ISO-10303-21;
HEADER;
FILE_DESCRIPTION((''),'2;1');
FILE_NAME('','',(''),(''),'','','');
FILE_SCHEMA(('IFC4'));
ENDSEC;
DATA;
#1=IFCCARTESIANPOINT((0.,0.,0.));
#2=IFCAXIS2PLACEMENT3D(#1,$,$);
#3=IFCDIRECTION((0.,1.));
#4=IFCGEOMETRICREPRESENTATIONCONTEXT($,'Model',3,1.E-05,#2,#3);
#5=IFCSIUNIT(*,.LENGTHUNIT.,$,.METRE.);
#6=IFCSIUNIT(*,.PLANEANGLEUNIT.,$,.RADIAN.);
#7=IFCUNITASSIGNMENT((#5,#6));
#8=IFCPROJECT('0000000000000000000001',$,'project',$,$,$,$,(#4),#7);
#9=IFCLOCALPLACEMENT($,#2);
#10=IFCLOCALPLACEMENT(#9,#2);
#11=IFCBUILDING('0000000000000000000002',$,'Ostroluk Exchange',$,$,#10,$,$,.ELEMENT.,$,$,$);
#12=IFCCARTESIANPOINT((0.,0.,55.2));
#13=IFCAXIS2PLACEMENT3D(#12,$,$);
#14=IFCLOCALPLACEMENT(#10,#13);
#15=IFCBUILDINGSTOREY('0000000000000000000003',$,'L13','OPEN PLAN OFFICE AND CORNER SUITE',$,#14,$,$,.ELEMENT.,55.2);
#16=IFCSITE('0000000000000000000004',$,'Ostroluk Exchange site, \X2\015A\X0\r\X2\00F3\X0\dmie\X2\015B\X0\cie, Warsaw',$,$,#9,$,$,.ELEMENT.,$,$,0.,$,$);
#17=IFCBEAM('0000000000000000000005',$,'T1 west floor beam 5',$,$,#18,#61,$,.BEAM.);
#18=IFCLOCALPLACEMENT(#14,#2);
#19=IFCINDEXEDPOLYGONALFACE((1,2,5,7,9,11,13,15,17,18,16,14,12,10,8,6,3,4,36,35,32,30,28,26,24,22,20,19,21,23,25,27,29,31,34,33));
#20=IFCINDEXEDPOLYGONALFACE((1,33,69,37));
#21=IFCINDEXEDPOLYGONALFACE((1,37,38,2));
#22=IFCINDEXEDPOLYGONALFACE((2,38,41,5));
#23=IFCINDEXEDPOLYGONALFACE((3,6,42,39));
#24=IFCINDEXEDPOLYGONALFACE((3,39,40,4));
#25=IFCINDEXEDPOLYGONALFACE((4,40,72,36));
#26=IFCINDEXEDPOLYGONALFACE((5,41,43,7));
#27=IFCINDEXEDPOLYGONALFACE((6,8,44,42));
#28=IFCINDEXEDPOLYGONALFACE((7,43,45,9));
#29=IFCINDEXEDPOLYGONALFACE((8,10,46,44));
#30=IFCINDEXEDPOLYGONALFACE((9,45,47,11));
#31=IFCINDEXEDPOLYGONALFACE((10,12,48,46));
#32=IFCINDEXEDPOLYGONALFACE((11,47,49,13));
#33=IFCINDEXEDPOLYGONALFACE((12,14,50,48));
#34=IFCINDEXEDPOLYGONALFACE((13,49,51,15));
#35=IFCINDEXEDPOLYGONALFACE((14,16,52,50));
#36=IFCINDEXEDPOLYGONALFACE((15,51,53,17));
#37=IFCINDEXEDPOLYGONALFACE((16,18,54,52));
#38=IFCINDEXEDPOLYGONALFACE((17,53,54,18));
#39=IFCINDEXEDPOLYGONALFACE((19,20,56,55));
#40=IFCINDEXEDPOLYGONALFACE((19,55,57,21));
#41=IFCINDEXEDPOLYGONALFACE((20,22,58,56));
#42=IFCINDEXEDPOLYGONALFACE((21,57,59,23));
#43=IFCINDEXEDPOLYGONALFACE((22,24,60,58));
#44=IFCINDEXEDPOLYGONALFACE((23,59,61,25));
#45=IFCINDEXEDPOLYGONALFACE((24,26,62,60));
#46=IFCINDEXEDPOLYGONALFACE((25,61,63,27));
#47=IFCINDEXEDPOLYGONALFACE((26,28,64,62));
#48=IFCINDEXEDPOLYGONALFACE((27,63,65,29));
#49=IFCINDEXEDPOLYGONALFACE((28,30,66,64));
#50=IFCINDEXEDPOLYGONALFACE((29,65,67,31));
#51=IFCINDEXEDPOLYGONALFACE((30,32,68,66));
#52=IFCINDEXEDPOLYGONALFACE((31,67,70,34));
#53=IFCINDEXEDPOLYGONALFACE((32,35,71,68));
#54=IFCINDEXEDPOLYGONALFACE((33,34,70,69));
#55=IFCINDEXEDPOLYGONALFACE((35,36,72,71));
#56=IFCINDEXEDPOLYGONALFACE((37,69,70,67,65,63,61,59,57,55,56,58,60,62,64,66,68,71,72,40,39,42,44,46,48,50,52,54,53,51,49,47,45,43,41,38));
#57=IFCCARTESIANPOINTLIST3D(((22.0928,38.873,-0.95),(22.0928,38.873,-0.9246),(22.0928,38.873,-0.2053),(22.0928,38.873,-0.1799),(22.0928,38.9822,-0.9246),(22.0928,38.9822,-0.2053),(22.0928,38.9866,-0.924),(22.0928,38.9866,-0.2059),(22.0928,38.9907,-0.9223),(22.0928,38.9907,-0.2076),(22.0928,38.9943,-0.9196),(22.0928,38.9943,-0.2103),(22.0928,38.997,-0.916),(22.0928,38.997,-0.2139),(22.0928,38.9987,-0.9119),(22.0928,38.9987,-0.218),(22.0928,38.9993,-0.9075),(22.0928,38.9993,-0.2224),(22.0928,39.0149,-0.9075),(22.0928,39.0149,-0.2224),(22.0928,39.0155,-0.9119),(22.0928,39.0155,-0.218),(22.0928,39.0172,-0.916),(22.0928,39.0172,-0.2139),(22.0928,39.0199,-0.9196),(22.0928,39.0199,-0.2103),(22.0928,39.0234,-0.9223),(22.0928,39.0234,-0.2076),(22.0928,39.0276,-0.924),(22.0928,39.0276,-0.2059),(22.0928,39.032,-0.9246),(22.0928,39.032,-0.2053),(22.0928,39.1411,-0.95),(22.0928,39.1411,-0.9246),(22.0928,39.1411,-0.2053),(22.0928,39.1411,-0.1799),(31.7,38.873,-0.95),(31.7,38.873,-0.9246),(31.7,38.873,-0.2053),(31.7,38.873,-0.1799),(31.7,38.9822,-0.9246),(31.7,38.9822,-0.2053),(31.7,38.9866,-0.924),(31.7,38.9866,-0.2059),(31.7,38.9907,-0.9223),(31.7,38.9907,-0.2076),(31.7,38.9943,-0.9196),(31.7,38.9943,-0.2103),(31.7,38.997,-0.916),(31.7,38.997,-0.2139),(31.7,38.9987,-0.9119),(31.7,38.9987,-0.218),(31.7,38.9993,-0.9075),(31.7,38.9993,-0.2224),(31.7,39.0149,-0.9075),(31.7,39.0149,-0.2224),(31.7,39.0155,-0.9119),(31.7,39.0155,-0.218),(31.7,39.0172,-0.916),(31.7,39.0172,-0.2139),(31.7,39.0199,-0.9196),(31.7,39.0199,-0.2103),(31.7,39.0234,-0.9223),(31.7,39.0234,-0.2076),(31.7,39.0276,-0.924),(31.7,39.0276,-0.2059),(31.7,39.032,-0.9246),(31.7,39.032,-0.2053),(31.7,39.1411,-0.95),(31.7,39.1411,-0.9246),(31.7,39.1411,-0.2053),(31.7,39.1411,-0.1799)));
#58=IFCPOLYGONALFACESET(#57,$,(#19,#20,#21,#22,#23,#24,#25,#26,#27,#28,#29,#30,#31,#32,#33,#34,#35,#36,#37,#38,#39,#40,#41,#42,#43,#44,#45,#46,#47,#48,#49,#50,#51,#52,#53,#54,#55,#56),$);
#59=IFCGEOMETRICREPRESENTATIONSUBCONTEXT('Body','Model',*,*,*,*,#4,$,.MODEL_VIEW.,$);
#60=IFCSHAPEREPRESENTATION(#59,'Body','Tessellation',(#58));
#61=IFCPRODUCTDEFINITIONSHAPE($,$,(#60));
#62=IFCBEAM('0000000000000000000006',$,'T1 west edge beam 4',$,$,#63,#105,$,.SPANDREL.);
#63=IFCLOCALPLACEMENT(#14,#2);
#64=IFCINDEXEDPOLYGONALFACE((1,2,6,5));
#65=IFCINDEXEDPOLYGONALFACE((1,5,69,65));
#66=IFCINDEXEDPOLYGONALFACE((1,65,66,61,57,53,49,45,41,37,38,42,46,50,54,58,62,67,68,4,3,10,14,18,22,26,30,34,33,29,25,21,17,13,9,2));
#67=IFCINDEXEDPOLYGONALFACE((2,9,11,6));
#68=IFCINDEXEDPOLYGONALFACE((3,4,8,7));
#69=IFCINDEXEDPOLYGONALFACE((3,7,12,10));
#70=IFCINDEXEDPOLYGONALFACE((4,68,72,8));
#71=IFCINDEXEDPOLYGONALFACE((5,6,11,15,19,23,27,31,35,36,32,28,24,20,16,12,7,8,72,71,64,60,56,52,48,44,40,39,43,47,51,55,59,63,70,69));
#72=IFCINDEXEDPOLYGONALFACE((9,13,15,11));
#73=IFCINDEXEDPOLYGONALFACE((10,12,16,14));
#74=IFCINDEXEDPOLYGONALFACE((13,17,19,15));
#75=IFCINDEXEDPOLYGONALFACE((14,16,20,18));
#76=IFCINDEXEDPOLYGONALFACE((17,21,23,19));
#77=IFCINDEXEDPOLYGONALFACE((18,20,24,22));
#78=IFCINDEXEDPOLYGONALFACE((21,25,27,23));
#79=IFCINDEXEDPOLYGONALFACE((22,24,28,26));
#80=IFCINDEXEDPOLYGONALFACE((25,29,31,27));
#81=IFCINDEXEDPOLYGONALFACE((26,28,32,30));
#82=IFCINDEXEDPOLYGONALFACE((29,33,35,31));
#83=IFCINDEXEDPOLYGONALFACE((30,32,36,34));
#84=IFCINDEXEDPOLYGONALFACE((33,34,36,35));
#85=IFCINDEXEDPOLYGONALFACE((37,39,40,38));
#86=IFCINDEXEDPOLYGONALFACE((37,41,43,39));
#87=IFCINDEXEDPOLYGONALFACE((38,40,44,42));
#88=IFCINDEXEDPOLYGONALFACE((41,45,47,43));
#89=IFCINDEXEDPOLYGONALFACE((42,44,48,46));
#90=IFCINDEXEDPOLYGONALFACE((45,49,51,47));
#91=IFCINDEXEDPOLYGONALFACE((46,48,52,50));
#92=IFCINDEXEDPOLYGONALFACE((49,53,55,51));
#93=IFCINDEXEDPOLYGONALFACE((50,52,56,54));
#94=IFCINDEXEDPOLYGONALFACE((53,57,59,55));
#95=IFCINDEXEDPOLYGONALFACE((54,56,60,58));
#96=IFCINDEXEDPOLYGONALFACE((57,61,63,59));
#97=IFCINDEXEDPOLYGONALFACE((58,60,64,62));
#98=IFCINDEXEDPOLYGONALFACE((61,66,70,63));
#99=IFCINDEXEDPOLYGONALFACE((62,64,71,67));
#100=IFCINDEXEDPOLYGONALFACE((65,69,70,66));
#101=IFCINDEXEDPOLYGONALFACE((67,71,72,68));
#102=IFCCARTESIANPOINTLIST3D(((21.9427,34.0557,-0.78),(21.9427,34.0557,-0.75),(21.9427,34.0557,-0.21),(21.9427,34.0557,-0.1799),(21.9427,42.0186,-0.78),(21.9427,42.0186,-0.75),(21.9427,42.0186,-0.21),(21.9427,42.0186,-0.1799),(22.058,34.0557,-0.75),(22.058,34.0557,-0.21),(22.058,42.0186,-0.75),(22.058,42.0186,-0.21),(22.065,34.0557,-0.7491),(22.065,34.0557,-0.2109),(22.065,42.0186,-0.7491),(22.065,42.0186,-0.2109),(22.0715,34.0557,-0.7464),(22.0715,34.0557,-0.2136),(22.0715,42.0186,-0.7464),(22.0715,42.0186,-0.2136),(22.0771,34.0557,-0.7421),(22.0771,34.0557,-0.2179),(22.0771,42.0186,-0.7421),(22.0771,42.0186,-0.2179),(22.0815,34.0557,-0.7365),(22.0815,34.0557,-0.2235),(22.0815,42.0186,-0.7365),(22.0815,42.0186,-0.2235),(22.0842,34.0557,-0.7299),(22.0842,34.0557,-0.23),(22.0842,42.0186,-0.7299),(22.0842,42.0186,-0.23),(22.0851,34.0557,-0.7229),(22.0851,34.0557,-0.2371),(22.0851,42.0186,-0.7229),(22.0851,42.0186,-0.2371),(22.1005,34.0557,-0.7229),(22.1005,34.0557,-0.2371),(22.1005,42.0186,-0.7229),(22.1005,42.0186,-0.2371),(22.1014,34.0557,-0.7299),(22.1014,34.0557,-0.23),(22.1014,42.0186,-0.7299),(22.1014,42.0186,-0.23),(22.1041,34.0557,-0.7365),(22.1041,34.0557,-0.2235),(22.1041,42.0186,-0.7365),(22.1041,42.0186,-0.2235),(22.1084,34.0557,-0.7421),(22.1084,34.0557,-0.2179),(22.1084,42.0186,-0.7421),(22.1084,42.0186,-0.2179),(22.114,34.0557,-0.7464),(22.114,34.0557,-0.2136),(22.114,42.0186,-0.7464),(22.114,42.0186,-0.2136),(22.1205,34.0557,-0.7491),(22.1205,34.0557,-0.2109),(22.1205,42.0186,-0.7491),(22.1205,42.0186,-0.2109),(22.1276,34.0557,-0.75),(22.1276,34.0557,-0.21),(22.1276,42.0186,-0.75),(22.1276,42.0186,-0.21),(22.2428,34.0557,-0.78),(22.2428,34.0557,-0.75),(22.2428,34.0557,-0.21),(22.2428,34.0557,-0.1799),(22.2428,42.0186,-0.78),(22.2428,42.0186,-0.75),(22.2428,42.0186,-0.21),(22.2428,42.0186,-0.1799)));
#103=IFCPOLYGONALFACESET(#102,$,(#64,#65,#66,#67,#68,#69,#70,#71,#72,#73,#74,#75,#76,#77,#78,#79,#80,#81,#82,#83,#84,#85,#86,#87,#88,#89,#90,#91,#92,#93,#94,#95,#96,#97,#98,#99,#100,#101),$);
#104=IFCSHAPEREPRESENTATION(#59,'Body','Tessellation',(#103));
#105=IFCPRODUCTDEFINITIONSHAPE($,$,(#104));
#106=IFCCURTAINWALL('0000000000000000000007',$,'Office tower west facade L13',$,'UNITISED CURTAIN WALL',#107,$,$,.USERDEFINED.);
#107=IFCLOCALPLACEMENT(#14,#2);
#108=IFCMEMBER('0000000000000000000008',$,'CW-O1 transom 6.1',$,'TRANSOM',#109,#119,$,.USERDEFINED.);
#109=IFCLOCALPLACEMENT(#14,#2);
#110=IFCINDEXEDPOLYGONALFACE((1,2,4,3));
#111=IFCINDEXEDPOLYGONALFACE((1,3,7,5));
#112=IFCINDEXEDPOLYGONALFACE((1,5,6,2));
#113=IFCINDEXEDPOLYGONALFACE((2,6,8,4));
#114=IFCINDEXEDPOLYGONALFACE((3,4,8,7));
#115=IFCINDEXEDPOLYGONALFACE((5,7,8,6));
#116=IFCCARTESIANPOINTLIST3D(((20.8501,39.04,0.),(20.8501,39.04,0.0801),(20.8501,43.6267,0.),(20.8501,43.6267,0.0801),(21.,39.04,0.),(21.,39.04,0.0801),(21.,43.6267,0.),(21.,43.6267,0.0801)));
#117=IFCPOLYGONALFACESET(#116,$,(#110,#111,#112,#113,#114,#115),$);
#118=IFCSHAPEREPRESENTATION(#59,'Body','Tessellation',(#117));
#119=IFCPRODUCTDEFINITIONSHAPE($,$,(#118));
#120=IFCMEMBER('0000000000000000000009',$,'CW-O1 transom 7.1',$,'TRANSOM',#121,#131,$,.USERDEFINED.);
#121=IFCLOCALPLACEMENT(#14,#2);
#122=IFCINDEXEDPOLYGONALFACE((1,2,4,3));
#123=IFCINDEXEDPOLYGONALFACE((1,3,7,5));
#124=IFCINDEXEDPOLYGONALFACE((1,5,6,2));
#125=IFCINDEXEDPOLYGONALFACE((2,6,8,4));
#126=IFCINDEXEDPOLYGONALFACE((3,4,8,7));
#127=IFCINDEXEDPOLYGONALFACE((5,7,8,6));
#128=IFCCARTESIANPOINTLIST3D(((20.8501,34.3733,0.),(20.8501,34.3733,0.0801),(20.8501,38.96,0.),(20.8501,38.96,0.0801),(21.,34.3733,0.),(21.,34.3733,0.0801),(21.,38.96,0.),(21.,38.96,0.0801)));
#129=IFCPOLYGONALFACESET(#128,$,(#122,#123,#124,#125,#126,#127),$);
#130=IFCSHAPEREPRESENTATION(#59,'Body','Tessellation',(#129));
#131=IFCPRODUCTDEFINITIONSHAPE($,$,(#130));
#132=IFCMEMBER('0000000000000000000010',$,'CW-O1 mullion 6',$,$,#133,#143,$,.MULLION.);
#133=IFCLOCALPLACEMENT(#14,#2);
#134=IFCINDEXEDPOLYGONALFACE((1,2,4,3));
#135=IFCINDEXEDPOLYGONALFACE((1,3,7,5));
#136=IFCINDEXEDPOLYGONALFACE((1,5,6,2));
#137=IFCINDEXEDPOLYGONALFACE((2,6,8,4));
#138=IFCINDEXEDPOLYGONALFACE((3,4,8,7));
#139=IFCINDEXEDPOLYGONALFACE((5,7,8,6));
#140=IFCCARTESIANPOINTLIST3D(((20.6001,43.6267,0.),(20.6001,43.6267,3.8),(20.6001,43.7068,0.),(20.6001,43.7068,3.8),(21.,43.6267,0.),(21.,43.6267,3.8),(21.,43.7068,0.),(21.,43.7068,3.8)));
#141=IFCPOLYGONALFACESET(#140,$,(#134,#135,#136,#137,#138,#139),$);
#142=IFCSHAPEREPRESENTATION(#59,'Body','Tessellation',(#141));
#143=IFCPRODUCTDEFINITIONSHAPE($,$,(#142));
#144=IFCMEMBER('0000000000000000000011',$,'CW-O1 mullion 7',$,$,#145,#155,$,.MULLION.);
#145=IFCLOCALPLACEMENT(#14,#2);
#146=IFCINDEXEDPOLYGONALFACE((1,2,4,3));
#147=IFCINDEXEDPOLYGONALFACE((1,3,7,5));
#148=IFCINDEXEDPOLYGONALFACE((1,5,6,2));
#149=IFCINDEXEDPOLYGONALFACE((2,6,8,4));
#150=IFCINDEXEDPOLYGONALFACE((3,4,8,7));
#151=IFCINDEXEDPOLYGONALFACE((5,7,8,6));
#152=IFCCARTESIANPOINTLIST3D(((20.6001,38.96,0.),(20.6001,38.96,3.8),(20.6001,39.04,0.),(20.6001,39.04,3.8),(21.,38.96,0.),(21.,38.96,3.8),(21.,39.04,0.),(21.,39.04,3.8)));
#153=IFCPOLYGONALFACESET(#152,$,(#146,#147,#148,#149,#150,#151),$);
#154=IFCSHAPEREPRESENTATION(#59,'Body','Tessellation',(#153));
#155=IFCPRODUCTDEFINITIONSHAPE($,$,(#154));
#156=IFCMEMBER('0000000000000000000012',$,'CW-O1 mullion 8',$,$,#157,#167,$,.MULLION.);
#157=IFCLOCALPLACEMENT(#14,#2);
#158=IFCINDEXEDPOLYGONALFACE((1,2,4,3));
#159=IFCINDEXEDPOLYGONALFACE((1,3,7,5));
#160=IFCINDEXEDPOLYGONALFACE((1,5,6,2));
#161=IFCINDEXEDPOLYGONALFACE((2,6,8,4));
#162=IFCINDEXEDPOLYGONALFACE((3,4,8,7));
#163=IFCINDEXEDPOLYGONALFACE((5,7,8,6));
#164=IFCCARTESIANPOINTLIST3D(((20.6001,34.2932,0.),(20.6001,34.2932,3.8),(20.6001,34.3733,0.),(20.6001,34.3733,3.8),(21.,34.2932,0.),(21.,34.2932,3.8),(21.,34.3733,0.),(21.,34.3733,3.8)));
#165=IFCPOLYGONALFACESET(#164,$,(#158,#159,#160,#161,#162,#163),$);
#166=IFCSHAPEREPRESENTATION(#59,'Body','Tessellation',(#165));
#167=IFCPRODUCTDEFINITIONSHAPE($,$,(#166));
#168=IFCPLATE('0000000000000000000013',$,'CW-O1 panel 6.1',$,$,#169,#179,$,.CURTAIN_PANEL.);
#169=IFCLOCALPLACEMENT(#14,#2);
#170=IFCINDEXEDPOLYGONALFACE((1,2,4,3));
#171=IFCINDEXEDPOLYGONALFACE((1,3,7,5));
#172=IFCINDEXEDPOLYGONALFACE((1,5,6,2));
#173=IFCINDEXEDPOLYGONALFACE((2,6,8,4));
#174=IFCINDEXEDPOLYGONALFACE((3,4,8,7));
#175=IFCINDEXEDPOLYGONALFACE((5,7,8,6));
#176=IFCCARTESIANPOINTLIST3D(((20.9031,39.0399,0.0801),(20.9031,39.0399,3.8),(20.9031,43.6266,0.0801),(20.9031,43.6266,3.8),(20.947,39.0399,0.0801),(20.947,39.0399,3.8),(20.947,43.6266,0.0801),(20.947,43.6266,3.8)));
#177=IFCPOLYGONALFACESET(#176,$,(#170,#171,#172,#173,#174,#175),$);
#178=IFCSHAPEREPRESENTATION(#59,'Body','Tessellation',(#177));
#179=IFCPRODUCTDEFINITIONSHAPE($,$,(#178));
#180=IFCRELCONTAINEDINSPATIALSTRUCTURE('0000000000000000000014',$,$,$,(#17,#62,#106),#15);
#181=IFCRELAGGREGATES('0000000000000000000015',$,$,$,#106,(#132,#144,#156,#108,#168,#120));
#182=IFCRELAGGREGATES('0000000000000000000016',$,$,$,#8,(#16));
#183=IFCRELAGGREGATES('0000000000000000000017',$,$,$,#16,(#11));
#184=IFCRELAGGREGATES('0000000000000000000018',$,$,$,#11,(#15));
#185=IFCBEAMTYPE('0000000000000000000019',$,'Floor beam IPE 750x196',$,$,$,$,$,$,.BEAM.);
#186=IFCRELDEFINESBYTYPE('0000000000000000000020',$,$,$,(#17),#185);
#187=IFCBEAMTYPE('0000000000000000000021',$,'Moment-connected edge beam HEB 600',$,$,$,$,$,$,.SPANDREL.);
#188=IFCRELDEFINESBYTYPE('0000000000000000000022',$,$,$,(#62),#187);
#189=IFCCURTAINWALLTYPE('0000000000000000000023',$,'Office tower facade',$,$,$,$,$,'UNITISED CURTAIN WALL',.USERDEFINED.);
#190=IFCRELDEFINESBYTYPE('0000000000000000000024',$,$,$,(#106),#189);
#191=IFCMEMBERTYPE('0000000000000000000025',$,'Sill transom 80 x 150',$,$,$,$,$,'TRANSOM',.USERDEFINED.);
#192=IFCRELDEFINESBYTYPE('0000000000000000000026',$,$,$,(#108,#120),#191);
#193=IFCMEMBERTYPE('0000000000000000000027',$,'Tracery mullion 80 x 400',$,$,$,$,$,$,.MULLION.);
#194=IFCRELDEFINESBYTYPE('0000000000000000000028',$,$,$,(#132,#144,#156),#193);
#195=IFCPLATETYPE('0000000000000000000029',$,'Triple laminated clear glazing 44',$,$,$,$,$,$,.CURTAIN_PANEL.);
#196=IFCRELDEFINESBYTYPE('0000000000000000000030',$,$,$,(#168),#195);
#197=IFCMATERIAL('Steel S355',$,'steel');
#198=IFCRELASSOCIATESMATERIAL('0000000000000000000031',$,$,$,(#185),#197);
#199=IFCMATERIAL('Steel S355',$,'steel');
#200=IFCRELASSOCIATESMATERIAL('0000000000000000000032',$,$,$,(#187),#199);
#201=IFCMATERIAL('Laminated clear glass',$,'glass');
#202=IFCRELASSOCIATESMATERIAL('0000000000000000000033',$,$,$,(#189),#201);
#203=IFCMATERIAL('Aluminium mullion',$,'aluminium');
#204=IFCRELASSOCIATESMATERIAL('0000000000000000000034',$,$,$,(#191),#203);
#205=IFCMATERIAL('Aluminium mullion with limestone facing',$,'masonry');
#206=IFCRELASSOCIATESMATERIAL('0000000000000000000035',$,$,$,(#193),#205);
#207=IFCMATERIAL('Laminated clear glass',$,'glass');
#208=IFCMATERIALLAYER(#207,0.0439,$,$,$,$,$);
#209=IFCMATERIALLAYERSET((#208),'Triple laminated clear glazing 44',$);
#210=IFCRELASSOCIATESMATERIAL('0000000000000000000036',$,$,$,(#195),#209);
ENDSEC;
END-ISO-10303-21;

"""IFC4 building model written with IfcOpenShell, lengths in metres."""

from ifc_helpers import new_model, si_unit, direction, frame, origin, origin_2d, place, context, subcontext, project, spatial, rectangle, i_section, extrude, material, layer, layer_set, material_profile, profile_set, type_object, element, aggregate, save


model = new_model("IFC4")

# Units and contexts
model_context = context("Model", 3, precision=1e-05, world=origin(), true_north=direction((0.0, 1.0)))
body_context = subcontext(model_context, "Body", "Model", "MODEL_VIEW")
ifc_project = project(units=[si_unit("LENGTHUNIT", "METRE"), si_unit("PLANEANGLEUNIT", "RADIAN")], contexts=[model_context])

# Site, building, storey
site_placement = place(None, origin())
site = spatial("IfcSite", under=ifc_project, at=site_placement, Name="Ostroluk Exchange site, Śródmieście, Warsaw", CompositionType="ELEMENT", RefElevation=0.0)
building_placement = place(site_placement, origin())
building = spatial("IfcBuilding", under=site, at=building_placement, Name="Ostroluk Exchange", CompositionType="ELEMENT")
storey_placement = place(building_placement, frame((0.0, 0.0, 55.2)))
storey = spatial("IfcBuildingStorey", under=building, at=storey_placement, Name="L13", Description="OPEN PLAN OFFICE AND CORNER SUITE", CompositionType="ELEMENT", Elevation=55.2)

# Beams
ifc_material_1 = material(Name="Steel S355", Category="steel")
ifc_material_profile_1 = material_profile(ifc_material_1, i_section(OverallWidth=0.2681, OverallDepth=0.77, WebThickness=0.0156, FlangeThickness=0.0254, FilletRadius=0.0171, at=origin_2d()), Name="IPE 750x196")
ifc_profile_set_1 = profile_set([ifc_material_profile_1], Name="Steel S355")
beam_type_1 = type_object("IfcBeamType", Name="Floor beam IPE 750x196", PredefinedType="BEAM", material=ifc_profile_set_1)
for number, where, z_axis, x_axis, name in (
    (1, (31.7, 39.0071, -0.5649), (-1.0, 0.0, 0.0), (0.0, -1.0, 0.0), "T1 west floor beam 5"),
):
    element("IfcBeam", number, at=place(storey_placement, frame(where, z_axis=z_axis, x_axis=x_axis)), inside=storey, type_object=beam_type_1, Name=name, PredefinedType="BEAM", context=body_context, shape_type="SweptSolid", body=[
        extrude(i_section(OverallWidth=0.2681, OverallDepth=0.77, WebThickness=0.0156, FlangeThickness=0.0254, FilletRadius=0.0171, at=origin_2d()), origin(), (0.0, 0.0, 1.0), 9.6072),
    ])
ifc_material_2 = material(Name="Steel S355", Category="steel")
ifc_material_profile_2 = material_profile(ifc_material_2, i_section(OverallWidth=0.3, OverallDepth=0.6001, WebThickness=0.0154, FlangeThickness=0.03, FilletRadius=0.0271, at=origin_2d()), Name="HEB 600")
ifc_profile_set_2 = profile_set([ifc_material_profile_2], Name="Steel S355")
beam_type_2 = type_object("IfcBeamType", Name="Moment-connected edge beam HEB 600", PredefinedType="SPANDREL", material=ifc_profile_set_2)
beam_1_placement = place(storey_placement, frame((22.0928, 42.0186, -0.48), z_axis=(0.0, -1.0, 0.0), x_axis=(1.0, 0.0, 0.0)))
element("IfcBeam", 2, at=beam_1_placement, inside=storey, type_object=beam_type_2, Name="T1 west edge beam 4", PredefinedType="SPANDREL", context=body_context, shape_type="SweptSolid", body=[
    extrude(i_section(OverallWidth=0.3, OverallDepth=0.6001, WebThickness=0.0154, FlangeThickness=0.03, FilletRadius=0.0271, at=origin_2d()), origin(), (0.0, 0.0, 1.0), 7.9629),
])

# Curtain wall, members, plate
ifc_material_3 = material(Name="Laminated clear glass", Category="glass")
curtain_wall_type = type_object("IfcCurtainWallType", Name="Office tower facade", ElementType="UNITISED CURTAIN WALL", PredefinedType="USERDEFINED", material=ifc_material_3)
curtain_wall_placement = place(storey_placement, origin())
curtain_wall = element("IfcCurtainWall", 3, at=curtain_wall_placement, inside=storey, type_object=curtain_wall_type, Name="Office tower west facade L13", ObjectType="UNITISED CURTAIN WALL", PredefinedType="USERDEFINED")
ifc_material_4 = material(Name="Aluminium mullion", Category="aluminium")
ifc_material_profile_3 = material_profile(ifc_material_4, rectangle(XDim=0.1499, YDim=0.0801, at=origin_2d()), Name="Sill transom 80 x 150")
ifc_profile_set_3 = profile_set([ifc_material_profile_3], Name="Aluminium mullion")
member_type_1 = type_object("IfcMemberType", Name="Sill transom 80 x 150", ElementType="TRANSOM", PredefinedType="USERDEFINED", material=ifc_profile_set_3)
member_1_placement = place(storey_placement, frame((20.925, 43.6267, 0.04), z_axis=(0.0, -1.0, 0.0), x_axis=(1.0, 0.0, 0.0)))
member_1 = element("IfcMember", 4, at=member_1_placement, type_object=member_type_1, Name="CW-O1 transom 6.1", ObjectType="TRANSOM", PredefinedType="USERDEFINED", context=body_context, shape_type="SweptSolid", body=[
    extrude(rectangle(XDim=0.1499, YDim=0.0801, at=origin_2d()), origin(), (0.0, 0.0, 1.0), 4.5867),
])
member_2_placement = place(storey_placement, frame((20.925, 38.96, 0.04), z_axis=(0.0, -1.0, 0.0), x_axis=(1.0, 0.0, 0.0)))
member_2 = element("IfcMember", 5, at=member_2_placement, type_object=member_type_1, Name="CW-O1 transom 7.1", ObjectType="TRANSOM", PredefinedType="USERDEFINED", context=body_context, shape_type="SweptSolid", body=[
    extrude(rectangle(XDim=0.1499, YDim=0.0801, at=origin_2d()), origin(), (0.0, 0.0, 1.0), 4.5867),
])
ifc_material_5 = material(Name="Aluminium mullion with limestone facing", Category="masonry")
ifc_material_profile_4 = material_profile(ifc_material_5, rectangle(XDim=0.3999, YDim=0.0801, at=origin_2d()), Name="Tracery mullion 80 x 400")
ifc_profile_set_4 = profile_set([ifc_material_profile_4], Name="Aluminium mullion with limestone facing")
member_type_2 = type_object("IfcMemberType", Name="Tracery mullion 80 x 400", PredefinedType="MULLION", material=ifc_profile_set_4)
member_3_placement = place(storey_placement, frame((20.8, 43.6667, 0.0), z_axis=(0.0, 0.0, 1.0), x_axis=(1.0, 0.0, 0.0)))
member_3 = element("IfcMember", 6, at=member_3_placement, type_object=member_type_2, Name="CW-O1 mullion 6", PredefinedType="MULLION", context=body_context, shape_type="SweptSolid", body=[
    extrude(rectangle(XDim=0.3999, YDim=0.0801, at=origin_2d()), origin(), (0.0, 0.0, 1.0), 3.8),
])
member_4_placement = place(storey_placement, frame((20.8, 39.0, 0.0), z_axis=(0.0, 0.0, 1.0), x_axis=(1.0, 0.0, 0.0)))
member_4 = element("IfcMember", 7, at=member_4_placement, type_object=member_type_2, Name="CW-O1 mullion 7", PredefinedType="MULLION", context=body_context, shape_type="SweptSolid", body=[
    extrude(rectangle(XDim=0.3999, YDim=0.0801, at=origin_2d()), origin(), (0.0, 0.0, 1.0), 3.8),
])
member_5_placement = place(storey_placement, frame((20.8, 34.3333, 0.0), z_axis=(0.0, 0.0, 1.0), x_axis=(1.0, 0.0, 0.0)))
member_5 = element("IfcMember", 8, at=member_5_placement, type_object=member_type_2, Name="CW-O1 mullion 8", PredefinedType="MULLION", context=body_context, shape_type="SweptSolid", body=[
    extrude(rectangle(XDim=0.3999, YDim=0.0801, at=origin_2d()), origin(), (0.0, 0.0, 1.0), 3.8),
])
ifc_material_6 = material(Name="Laminated clear glass", Category="glass")
ifc_layer_1 = layer(ifc_material_6, 0.0439)
ifc_layer_set_1 = layer_set([ifc_layer_1], Name="Triple laminated clear glazing 44")
plate_type = type_object("IfcPlateType", Name="Triple laminated clear glazing 44", PredefinedType="CURTAIN_PANEL", material=ifc_layer_set_1)
plate_1_placement = place(storey_placement, frame((20.925, 41.3333, 0.0801), z_axis=(0.0, 0.0, 1.0), x_axis=(0.0, -1.0, 0.0)))
plate_1 = element("IfcPlate", 9, at=plate_1_placement, type_object=plate_type, Name="CW-O1 panel 6.1", PredefinedType="CURTAIN_PANEL", context=body_context, shape_type="SweptSolid", body=[
    extrude(rectangle(XDim=4.5867, YDim=0.0439, at=origin_2d()), origin(), (0.0, 0.0, 1.0), 3.72),
])
aggregate(curtain_wall, [member_3, member_4, member_5, member_1, plate_1, member_2])

save(model, "model.ifc")
